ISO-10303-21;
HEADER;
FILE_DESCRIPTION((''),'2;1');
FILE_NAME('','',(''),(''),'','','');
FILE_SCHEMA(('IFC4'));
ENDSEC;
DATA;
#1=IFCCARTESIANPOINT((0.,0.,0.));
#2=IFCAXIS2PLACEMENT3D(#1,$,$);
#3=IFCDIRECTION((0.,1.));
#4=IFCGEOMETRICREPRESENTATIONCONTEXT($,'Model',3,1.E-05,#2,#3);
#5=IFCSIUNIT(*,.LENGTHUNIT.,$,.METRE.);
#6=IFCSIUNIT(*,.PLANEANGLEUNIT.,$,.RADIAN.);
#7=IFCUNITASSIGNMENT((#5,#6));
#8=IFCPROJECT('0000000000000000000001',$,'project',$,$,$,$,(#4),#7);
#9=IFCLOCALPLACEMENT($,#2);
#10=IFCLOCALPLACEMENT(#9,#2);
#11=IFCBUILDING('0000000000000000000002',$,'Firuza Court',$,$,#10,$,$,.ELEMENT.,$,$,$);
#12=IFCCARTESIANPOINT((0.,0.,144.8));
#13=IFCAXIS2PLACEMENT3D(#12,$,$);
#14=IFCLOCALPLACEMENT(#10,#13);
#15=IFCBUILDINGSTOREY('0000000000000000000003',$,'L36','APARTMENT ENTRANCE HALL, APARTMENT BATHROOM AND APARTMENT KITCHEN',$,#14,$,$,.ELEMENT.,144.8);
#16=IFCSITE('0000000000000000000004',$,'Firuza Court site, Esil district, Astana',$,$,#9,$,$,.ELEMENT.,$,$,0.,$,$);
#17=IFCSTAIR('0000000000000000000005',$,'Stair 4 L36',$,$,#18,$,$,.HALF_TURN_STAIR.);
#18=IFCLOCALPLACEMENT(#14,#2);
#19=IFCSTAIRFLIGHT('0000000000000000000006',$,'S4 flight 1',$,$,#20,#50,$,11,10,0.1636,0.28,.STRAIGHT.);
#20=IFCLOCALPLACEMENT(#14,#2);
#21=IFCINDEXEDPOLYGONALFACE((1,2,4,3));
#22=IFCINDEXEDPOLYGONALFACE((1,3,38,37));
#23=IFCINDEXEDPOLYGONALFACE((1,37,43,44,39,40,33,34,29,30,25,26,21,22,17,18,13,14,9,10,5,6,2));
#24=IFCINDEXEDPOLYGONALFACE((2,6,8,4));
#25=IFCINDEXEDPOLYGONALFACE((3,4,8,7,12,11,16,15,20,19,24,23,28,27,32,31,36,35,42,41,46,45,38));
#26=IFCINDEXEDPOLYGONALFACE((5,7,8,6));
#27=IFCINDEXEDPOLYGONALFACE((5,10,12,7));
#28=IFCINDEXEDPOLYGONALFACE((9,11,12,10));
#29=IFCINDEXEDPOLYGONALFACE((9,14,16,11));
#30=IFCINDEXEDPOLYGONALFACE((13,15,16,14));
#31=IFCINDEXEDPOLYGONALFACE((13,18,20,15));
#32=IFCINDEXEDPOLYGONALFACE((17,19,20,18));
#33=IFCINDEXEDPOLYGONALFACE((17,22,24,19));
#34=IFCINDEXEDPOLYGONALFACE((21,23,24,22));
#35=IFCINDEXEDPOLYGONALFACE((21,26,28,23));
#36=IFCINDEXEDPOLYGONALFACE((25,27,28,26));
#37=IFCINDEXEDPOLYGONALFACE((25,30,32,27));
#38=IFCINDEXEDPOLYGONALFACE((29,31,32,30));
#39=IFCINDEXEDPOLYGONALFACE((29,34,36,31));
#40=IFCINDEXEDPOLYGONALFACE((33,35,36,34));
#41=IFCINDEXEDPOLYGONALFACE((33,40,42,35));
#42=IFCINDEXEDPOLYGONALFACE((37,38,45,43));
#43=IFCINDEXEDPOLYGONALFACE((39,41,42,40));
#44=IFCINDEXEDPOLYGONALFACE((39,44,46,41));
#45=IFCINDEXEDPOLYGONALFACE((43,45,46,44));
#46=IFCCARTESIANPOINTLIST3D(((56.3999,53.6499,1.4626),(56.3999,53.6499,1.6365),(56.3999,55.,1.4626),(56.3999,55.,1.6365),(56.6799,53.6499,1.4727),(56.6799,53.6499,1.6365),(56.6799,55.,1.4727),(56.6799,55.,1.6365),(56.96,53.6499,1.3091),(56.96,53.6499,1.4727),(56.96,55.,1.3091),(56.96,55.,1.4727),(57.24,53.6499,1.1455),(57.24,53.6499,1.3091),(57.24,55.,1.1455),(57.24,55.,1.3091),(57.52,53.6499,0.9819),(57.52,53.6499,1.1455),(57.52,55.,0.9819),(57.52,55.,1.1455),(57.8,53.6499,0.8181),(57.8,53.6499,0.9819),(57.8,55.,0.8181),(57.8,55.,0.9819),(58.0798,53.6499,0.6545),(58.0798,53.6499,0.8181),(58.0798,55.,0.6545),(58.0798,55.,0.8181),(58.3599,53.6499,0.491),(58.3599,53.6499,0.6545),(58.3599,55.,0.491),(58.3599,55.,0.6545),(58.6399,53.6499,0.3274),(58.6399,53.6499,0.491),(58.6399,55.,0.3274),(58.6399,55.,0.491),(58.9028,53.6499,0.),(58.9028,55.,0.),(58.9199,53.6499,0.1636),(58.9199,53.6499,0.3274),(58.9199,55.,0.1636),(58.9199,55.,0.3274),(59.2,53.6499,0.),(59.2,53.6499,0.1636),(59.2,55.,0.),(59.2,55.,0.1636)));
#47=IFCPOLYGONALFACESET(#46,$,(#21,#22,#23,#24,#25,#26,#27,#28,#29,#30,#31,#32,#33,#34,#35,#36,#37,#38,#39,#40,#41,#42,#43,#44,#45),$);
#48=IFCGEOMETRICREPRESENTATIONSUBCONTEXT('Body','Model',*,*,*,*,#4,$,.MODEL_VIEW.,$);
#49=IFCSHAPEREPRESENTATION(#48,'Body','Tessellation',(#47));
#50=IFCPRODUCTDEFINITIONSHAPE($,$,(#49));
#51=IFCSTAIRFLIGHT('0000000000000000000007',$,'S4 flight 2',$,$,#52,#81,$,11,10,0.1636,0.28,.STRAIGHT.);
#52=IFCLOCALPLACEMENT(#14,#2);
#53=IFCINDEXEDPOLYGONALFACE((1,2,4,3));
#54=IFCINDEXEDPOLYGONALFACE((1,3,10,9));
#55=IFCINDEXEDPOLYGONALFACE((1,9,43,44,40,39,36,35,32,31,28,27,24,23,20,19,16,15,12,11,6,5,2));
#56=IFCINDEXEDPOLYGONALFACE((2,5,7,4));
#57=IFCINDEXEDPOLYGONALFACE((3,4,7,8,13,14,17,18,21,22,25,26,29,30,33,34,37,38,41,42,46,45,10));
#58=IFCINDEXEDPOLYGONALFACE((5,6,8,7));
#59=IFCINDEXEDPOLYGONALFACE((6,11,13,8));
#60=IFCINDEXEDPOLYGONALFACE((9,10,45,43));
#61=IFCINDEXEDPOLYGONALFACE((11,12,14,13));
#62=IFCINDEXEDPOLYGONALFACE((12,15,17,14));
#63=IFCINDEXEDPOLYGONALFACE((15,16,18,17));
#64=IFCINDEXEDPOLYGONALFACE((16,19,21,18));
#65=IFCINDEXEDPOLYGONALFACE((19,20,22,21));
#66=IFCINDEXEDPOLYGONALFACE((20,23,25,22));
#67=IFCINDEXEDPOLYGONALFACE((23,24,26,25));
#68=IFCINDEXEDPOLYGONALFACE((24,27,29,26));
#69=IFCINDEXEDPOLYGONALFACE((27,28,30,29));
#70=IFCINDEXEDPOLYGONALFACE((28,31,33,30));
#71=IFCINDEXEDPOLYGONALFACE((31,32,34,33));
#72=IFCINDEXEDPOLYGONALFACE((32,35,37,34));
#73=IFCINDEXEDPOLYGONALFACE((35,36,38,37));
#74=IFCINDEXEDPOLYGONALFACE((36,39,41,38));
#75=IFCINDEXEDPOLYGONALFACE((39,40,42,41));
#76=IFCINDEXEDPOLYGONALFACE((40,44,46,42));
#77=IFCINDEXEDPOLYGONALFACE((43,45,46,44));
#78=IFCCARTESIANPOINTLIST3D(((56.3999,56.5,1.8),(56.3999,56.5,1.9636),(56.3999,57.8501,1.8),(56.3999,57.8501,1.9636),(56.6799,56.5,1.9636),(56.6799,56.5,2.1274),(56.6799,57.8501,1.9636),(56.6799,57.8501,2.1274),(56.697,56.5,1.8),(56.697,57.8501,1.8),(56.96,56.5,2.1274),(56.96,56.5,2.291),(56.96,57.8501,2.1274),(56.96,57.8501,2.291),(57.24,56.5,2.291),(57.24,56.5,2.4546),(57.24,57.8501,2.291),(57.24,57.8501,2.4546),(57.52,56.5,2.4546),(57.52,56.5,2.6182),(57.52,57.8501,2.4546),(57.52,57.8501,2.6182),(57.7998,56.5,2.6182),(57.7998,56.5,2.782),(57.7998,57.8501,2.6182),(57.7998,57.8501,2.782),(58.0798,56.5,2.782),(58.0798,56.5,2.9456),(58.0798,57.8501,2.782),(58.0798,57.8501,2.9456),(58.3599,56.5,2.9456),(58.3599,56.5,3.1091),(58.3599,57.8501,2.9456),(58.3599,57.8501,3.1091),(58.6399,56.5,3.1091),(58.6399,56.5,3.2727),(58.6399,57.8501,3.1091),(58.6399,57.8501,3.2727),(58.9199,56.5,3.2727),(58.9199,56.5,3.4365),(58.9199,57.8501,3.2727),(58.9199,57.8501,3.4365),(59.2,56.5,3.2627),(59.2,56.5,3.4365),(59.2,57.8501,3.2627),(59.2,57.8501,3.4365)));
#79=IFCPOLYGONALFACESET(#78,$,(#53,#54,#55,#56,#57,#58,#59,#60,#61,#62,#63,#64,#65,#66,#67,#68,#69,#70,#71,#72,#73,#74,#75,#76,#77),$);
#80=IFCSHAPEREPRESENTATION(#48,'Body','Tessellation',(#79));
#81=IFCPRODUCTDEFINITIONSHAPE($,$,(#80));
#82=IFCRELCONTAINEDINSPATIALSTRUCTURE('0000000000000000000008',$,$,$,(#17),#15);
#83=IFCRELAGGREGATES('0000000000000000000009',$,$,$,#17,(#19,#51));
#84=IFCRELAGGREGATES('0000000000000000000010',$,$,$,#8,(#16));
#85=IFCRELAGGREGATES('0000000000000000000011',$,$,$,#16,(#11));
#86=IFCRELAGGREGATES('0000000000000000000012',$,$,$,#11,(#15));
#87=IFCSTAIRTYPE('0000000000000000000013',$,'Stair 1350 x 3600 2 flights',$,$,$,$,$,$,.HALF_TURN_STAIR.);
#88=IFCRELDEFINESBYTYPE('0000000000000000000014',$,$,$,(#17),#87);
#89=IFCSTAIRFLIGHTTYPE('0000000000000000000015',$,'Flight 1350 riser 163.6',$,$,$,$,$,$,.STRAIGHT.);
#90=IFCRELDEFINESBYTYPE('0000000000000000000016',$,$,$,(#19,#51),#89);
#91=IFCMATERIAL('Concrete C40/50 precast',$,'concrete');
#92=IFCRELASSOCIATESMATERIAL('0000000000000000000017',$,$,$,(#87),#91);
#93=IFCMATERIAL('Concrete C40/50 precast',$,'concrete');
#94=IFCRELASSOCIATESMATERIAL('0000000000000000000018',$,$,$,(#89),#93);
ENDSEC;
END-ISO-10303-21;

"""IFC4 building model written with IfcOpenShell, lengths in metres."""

from ifc_helpers import new_model, si_unit, direction, frame, origin, place, context, subcontext, project, spatial, polyline, outline, extrude, material, type_object, element, aggregate, save


model = new_model("IFC4")

# Units and contexts
model_context = context("Model", 3, precision=1e-05, world=origin(), true_north=direction((0.0, 1.0)))
body_context = subcontext(model_context, "Body", "Model", "MODEL_VIEW")
ifc_project = project(units=[si_unit("LENGTHUNIT", "METRE"), si_unit("PLANEANGLEUNIT", "RADIAN")], contexts=[model_context])

# Site, building, storey
site_placement = place(None, origin())
site = spatial("IfcSite", under=ifc_project, at=site_placement, Name="Firuza Court site, Esil district, Astana", CompositionType="ELEMENT", RefElevation=0.0)
building_placement = place(site_placement, origin())
building = spatial("IfcBuilding", under=site, at=building_placement, Name="Firuza Court", CompositionType="ELEMENT")
storey_placement = place(building_placement, frame((0.0, 0.0, 144.8)))
storey = spatial("IfcBuildingStorey", under=building, at=storey_placement, Name="L36", Description="APARTMENT ENTRANCE HALL, APARTMENT BATHROOM AND APARTMENT KITCHEN", CompositionType="ELEMENT", Elevation=144.8)

# Stair, stair flights
ifc_material_1 = material(Name="Concrete C40/50 precast", Category="concrete")
stair_type = type_object("IfcStairType", Name="Stair 1350 x 3600 2 flights", PredefinedType="HALF_TURN_STAIR", material=ifc_material_1)
stair_placement = place(storey_placement, origin())
stair = element("IfcStair", 1, at=stair_placement, inside=storey, type_object=stair_type, Name="Stair 4 L36", PredefinedType="HALF_TURN_STAIR")
ifc_material_2 = material(Name="Concrete C40/50 precast", Category="concrete")
stair_flight_type = type_object("IfcStairFlightType", Name="Flight 1350 riser 163.6", PredefinedType="STRAIGHT", material=ifc_material_2)
stair_flight_1_placement = place(storey_placement, frame((59.2, 54.325, 0.0), z_axis=(0.0, 0.0, 1.0), x_axis=(-1.0, 0.0, 0.0)))
stair_flight_1 = element("IfcStairFlight", 2, at=stair_flight_1_placement, type_object=stair_flight_type, Name="S4 flight 1", NumberOfRisers=11, NumberOfTreads=10, PredefinedType="STRAIGHT", RiserHeight=0.1636, TreadLength=0.28, context=body_context, shape_type="SweptSolid", body=[
    extrude(outline(polyline([(0.0, 0.0), (0.0, 0.1636), (0.28, 0.1636), (0.28, 0.3274), (0.5601, 0.3274), (0.5601, 0.491), (0.8401, 0.491), (0.8401, 0.6545), (1.1201, 0.6545), (1.1201, 0.8181), (1.3999, 0.8181), (1.3999, 0.9819), (1.6799, 0.9819), (1.6799, 1.1455), (1.96, 1.1455), (1.96, 1.3091), (2.24, 1.3091), (2.24, 1.4727), (2.52, 1.4727), (2.52, 1.6365), (2.8, 1.6365), (2.8, 1.8), (2.8, 1.4626), (0.2971, 0.0), (0.0, 0.0)])), frame((0.0, 0.675, 0.0), z_axis=(0.0, -1.0, 0.0), x_axis=(1.0, 0.0, 0.0)), (0.0, 0.0, 1.0), 1.3501),
])
stair_flight_2_placement = place(storey_placement, frame((56.3999, 57.175, 1.8), z_axis=(0.0, 0.0, 1.0), x_axis=(1.0, 0.0, 0.0)))
stair_flight_2 = element("IfcStairFlight", 3, at=stair_flight_2_placement, type_object=stair_flight_type, Name="S4 flight 2", NumberOfRisers=11, NumberOfTreads=10, PredefinedType="STRAIGHT", RiserHeight=0.1636, TreadLength=0.28, context=body_context, shape_type="SweptSolid", body=[
    extrude(outline(polyline([(0.0, 0.0), (0.0, 0.1636), (0.28, 0.1636), (0.28, 0.3274), (0.5601, 0.3274), (0.5601, 0.491), (0.8401, 0.491), (0.8401, 0.6545), (1.1201, 0.6545), (1.1201, 0.8181), (1.3999, 0.8181), (1.3999, 0.9819), (1.6799, 0.9819), (1.6799, 1.1455), (1.96, 1.1455), (1.96, 1.3091), (2.24, 1.3091), (2.24, 1.4727), (2.52, 1.4727), (2.52, 1.6365), (2.8, 1.6365), (2.8, 1.8), (2.8, 1.4626), (0.2971, 0.0), (0.0, 0.0)])), frame((0.0, 0.675, 0.0), z_axis=(0.0, -1.0, 0.0), x_axis=(1.0, 0.0, 0.0)), (0.0, 0.0, 1.0), 1.3501),
])
aggregate(stair, [stair_flight_1, stair_flight_2])

save(model, "model.ifc")
